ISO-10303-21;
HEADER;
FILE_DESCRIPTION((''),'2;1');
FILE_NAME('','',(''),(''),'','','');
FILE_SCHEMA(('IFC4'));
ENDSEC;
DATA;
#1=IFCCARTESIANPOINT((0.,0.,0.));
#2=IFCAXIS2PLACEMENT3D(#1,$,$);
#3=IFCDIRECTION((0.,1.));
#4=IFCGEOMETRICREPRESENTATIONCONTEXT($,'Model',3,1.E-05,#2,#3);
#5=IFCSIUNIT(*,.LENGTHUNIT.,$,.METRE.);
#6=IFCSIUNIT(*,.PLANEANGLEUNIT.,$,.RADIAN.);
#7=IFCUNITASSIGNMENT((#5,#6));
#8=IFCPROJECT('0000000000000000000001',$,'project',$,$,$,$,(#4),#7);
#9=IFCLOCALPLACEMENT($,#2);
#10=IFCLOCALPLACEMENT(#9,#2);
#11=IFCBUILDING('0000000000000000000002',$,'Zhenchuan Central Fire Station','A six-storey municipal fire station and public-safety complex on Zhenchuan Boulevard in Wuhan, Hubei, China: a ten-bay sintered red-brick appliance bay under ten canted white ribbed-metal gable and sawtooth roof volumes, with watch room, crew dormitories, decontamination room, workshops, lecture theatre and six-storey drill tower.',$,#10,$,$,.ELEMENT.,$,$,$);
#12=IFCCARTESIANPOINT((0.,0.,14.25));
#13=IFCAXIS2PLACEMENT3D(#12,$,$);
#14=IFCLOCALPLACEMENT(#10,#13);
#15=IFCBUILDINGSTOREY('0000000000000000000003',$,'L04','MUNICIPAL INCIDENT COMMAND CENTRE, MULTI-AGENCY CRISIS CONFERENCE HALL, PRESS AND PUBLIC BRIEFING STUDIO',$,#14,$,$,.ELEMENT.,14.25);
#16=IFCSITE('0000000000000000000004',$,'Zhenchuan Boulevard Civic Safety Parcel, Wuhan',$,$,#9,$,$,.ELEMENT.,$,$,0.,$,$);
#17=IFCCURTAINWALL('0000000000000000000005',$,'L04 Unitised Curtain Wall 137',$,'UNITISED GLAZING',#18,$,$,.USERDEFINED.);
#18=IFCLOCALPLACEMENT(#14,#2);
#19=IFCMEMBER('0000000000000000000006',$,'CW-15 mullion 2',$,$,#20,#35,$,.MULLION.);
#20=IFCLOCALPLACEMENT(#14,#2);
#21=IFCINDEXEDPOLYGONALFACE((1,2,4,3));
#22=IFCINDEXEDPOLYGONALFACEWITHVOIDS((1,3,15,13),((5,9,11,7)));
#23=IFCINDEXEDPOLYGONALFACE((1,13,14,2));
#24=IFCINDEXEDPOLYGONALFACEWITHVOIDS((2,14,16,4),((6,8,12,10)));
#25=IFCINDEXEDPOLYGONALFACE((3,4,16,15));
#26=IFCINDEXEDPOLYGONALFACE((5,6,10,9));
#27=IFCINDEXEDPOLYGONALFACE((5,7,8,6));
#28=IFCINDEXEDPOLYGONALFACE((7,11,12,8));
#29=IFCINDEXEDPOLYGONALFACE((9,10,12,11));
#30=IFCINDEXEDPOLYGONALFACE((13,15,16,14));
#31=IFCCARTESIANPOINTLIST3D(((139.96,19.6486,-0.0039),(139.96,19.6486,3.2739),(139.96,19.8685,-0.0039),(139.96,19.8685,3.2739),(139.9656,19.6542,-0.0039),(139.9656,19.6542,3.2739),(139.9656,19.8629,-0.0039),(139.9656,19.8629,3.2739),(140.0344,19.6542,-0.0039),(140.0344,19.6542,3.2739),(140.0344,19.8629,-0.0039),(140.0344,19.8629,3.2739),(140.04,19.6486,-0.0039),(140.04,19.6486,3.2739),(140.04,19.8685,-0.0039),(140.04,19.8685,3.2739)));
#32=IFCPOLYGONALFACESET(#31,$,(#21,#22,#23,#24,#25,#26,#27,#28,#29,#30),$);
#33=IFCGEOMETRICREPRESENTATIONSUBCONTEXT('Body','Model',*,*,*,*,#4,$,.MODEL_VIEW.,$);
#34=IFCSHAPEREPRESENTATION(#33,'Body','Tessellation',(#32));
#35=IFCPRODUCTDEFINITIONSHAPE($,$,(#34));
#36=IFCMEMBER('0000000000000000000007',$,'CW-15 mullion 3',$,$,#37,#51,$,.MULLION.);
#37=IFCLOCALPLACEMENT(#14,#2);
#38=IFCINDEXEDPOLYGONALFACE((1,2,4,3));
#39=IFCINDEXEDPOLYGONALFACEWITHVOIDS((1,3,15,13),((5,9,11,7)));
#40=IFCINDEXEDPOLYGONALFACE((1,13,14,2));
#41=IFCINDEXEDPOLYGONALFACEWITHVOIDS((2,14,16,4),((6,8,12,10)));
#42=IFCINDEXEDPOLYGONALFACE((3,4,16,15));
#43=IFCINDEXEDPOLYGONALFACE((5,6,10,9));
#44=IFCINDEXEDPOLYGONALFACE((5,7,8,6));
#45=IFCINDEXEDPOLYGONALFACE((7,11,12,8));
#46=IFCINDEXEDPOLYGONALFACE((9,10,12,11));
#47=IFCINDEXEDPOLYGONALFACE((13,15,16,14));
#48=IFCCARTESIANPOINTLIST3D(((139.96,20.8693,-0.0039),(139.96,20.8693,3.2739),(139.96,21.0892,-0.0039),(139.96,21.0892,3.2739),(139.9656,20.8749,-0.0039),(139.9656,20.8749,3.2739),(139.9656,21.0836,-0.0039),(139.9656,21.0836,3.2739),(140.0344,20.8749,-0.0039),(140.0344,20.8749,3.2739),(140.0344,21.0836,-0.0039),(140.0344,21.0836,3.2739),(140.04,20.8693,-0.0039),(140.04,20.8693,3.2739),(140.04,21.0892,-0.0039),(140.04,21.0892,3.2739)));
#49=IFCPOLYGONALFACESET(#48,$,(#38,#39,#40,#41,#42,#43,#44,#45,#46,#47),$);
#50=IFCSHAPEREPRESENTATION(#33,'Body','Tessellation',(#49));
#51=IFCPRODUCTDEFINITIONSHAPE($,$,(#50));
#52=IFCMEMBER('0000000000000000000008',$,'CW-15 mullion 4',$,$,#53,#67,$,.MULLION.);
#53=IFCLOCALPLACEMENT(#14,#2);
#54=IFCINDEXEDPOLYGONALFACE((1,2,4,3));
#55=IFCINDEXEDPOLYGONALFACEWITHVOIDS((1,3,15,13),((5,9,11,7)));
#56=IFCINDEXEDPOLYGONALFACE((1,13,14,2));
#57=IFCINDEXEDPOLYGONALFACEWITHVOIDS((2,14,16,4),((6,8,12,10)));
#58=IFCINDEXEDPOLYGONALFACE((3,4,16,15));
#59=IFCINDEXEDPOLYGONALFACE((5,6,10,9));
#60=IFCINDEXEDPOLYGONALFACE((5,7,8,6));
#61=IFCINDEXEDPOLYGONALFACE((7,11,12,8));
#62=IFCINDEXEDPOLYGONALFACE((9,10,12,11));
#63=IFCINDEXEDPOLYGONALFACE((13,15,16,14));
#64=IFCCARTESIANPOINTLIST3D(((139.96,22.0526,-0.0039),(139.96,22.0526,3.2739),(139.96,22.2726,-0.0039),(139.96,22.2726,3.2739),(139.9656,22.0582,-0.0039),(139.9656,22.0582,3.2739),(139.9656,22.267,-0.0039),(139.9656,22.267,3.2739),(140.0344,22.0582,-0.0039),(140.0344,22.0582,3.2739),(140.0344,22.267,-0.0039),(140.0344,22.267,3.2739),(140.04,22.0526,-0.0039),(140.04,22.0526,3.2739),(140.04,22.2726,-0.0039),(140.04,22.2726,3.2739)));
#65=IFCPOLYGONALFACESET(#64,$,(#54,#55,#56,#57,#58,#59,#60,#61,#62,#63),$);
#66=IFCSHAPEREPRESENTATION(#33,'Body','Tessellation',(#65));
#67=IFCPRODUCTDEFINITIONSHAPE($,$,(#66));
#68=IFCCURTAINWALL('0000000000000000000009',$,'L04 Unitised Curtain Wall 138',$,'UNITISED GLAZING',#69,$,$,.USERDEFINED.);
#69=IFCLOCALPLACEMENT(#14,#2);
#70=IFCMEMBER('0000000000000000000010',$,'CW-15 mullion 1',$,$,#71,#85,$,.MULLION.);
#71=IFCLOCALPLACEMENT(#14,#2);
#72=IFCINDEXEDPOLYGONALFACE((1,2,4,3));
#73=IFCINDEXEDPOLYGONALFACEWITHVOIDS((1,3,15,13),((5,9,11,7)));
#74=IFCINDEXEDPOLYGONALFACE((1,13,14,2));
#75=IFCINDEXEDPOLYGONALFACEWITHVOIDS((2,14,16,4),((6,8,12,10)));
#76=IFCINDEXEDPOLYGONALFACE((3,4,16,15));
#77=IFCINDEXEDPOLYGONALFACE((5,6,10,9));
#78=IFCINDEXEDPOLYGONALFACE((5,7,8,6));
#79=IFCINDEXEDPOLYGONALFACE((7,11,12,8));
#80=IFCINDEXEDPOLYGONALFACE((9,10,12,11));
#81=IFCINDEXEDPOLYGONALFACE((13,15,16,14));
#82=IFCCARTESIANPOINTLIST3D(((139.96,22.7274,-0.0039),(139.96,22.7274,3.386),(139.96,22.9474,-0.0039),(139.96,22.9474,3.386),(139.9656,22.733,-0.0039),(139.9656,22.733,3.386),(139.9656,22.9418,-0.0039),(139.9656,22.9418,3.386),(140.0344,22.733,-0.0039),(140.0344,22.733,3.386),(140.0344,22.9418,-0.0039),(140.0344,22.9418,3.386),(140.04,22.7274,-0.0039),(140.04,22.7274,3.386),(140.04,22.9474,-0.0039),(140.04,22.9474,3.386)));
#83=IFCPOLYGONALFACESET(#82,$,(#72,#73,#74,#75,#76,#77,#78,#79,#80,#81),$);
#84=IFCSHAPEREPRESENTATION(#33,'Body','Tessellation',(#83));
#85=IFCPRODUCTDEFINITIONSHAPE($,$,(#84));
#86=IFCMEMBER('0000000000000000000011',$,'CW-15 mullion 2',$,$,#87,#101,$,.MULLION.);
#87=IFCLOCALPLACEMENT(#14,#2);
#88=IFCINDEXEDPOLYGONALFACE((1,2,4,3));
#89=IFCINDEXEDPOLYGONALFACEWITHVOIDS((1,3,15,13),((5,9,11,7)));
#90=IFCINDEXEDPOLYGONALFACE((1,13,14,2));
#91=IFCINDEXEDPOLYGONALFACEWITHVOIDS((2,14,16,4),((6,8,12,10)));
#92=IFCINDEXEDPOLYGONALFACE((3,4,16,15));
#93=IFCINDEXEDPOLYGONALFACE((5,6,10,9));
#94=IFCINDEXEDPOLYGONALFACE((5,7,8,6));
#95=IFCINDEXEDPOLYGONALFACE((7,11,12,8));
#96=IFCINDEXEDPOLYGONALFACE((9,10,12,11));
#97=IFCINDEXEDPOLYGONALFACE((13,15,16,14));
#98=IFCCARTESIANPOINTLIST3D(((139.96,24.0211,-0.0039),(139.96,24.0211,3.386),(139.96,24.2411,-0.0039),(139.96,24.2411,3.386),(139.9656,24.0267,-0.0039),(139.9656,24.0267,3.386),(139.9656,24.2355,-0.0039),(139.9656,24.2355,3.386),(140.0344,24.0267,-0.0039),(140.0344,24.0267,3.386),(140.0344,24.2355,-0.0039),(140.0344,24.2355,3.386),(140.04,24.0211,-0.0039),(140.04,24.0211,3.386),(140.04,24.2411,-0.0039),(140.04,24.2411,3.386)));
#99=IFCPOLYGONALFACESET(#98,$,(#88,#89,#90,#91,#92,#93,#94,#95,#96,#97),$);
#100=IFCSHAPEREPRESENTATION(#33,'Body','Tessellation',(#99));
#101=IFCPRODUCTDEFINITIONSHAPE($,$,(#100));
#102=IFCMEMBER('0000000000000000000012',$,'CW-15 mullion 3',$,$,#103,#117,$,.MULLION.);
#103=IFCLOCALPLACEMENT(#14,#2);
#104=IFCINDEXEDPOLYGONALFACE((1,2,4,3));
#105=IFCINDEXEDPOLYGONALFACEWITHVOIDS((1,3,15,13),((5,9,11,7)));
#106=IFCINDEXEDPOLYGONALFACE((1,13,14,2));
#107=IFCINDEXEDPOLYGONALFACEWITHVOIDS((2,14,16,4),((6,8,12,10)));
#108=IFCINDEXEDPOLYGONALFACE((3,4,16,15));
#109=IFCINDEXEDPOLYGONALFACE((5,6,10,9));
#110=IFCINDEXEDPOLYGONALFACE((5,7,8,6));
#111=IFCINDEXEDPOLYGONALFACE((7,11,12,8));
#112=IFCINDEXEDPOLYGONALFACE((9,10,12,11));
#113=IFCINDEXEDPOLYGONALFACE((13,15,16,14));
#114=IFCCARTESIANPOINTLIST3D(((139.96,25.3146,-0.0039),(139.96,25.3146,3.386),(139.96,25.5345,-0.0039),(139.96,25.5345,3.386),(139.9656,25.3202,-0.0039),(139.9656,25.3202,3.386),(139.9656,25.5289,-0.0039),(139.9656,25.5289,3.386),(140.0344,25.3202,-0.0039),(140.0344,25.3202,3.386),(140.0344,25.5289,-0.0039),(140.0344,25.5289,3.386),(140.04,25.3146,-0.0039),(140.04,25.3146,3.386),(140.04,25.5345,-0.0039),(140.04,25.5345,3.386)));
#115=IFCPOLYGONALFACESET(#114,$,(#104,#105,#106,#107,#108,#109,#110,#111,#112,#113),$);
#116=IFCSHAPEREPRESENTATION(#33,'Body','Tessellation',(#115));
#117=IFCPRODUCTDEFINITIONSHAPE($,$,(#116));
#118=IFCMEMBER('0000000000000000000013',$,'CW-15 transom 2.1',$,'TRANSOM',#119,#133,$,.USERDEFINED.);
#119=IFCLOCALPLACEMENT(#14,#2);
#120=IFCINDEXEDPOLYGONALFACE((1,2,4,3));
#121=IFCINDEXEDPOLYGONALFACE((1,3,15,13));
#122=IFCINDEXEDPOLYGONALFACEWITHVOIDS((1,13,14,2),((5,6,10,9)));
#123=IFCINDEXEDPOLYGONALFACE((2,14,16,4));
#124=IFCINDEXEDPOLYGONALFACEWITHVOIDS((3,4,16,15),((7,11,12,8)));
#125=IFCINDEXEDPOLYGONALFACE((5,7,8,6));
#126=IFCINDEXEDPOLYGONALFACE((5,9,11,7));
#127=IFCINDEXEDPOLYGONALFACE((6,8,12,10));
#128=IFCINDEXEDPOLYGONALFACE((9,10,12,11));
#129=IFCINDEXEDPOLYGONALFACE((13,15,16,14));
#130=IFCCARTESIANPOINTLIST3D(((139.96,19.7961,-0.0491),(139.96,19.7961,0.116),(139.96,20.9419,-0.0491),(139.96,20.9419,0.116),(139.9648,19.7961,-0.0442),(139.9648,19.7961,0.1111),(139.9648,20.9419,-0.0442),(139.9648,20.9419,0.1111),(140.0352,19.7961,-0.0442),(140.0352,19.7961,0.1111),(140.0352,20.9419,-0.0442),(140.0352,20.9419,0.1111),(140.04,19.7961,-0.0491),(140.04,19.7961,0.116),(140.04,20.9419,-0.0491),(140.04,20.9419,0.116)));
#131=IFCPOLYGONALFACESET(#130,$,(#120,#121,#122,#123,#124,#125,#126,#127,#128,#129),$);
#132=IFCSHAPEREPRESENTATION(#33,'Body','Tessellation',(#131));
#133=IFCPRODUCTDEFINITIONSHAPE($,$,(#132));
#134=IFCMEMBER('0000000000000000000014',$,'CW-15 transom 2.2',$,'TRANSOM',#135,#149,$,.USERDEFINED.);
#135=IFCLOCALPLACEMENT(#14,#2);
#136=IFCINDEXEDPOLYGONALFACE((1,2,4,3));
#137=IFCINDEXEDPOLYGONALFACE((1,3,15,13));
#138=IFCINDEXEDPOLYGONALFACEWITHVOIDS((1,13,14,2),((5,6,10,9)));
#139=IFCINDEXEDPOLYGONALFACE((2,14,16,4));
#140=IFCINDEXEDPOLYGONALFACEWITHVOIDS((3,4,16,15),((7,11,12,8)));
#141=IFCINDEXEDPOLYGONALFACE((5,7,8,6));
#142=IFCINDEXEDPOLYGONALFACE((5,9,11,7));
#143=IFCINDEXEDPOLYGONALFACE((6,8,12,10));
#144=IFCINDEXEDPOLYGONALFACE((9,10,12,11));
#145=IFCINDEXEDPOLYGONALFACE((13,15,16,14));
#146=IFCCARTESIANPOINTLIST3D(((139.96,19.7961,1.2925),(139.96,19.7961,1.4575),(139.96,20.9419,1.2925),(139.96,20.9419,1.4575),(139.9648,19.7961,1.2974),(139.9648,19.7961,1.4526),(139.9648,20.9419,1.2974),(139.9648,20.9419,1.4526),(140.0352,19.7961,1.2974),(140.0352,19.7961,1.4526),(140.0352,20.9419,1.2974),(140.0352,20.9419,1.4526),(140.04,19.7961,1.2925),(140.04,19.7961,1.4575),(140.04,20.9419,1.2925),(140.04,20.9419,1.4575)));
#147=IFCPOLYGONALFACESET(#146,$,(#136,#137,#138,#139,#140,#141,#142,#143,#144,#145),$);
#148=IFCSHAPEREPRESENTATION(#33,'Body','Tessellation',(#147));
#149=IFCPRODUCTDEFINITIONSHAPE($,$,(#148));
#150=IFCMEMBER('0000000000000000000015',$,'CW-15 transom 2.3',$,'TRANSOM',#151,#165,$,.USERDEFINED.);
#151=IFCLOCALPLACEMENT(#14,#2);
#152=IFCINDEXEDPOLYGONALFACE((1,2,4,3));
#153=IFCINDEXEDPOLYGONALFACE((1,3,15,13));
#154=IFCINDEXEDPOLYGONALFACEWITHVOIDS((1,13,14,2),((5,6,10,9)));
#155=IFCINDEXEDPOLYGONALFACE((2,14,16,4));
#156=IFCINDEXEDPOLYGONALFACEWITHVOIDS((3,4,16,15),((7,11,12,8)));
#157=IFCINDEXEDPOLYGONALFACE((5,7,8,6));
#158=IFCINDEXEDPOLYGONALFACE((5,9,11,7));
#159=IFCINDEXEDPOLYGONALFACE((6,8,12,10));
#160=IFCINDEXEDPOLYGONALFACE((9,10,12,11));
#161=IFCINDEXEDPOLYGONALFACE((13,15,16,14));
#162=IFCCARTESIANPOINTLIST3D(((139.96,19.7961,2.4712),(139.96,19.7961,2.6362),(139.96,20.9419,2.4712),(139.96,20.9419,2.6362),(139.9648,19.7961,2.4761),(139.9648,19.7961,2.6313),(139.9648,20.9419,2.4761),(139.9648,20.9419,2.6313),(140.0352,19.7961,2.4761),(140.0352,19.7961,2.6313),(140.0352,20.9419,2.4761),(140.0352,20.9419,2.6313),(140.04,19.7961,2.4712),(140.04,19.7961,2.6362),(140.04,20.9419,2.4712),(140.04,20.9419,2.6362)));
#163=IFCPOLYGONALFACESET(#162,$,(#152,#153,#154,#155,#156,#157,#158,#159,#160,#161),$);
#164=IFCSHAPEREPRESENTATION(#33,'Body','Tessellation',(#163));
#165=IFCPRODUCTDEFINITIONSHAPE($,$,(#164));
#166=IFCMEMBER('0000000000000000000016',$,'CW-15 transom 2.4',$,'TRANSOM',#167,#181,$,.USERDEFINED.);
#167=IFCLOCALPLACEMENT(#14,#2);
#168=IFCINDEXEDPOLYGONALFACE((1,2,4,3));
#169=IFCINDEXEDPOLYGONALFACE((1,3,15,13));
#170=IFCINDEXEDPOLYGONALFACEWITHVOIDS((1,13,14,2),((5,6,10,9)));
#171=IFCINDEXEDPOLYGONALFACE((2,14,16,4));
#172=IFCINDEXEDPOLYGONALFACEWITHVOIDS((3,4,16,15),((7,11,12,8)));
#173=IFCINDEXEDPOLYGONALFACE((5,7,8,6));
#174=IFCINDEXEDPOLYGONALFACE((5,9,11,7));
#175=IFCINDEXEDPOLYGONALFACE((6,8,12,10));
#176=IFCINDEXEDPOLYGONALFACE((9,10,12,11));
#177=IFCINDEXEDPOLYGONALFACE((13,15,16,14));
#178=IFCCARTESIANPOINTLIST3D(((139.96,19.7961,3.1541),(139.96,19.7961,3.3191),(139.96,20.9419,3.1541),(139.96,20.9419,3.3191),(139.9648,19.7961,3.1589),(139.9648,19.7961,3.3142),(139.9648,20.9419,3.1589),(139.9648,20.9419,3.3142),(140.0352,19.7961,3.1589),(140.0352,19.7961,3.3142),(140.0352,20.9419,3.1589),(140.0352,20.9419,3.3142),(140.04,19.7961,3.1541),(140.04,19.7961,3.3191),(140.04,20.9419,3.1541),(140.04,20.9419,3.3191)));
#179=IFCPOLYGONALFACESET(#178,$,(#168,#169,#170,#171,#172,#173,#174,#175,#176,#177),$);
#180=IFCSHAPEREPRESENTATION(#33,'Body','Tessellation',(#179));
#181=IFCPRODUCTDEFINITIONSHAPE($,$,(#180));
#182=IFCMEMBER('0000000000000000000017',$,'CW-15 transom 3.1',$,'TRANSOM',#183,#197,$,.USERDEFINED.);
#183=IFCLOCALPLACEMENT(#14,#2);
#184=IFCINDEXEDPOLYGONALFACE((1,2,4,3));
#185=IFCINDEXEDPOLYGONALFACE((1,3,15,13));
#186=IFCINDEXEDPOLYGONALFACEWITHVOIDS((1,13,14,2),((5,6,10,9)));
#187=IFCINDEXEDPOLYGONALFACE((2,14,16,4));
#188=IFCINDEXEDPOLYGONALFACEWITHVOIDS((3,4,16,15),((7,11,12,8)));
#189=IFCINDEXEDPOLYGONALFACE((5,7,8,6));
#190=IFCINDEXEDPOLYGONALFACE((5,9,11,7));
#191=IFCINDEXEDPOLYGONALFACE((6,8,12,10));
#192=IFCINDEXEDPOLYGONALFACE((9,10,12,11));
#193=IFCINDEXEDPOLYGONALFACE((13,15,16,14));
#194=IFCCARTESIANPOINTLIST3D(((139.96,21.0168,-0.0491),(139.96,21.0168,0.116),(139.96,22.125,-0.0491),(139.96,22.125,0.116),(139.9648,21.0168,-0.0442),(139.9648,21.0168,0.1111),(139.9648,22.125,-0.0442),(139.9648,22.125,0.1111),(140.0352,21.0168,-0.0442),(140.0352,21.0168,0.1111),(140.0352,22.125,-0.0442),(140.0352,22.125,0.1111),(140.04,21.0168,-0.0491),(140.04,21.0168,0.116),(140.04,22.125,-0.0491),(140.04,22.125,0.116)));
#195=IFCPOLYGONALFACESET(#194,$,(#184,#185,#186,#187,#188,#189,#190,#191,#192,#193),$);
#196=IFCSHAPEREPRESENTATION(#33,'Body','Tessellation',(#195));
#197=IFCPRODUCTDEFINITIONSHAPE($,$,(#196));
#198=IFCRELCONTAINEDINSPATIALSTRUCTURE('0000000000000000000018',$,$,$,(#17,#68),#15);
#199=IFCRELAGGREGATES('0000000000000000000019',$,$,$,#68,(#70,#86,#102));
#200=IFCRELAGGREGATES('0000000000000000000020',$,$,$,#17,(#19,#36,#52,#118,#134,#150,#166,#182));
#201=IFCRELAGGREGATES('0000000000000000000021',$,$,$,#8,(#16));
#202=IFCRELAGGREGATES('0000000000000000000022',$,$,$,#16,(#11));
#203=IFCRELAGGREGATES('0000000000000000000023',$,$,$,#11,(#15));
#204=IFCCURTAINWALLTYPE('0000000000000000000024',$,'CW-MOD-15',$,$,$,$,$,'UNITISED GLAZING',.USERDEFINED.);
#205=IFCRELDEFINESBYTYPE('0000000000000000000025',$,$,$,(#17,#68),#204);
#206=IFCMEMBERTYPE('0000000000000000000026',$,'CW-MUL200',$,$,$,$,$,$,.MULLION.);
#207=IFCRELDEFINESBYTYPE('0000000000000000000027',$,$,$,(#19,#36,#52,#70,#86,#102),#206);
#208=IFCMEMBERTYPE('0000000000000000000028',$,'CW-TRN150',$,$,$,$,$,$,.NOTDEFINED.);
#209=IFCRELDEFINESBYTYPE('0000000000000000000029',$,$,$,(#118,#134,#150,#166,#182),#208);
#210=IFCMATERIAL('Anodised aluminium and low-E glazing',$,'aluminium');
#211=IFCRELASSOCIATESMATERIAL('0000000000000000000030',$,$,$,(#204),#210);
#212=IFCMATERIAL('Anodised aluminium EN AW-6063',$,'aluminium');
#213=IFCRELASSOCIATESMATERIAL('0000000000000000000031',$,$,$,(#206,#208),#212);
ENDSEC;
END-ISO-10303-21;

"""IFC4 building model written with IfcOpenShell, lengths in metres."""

from ifc_helpers import new_model, si_unit, direction, frame, origin, origin_2d, place, context, subcontext, project, spatial, hollow_rectangle, extrude, material, material_profile, profile_set, type_object, element, aggregate, save


model = new_model("IFC4")

# Units and contexts
model_context = context("Model", 3, precision=1e-05, world=origin(), true_north=direction((0.0, 1.0)))
body_context = subcontext(model_context, "Body", "Model", "MODEL_VIEW")
ifc_project = project(units=[si_unit("LENGTHUNIT", "METRE"), si_unit("PLANEANGLEUNIT", "RADIAN")], contexts=[model_context])

# Site, building, storey
site_placement = place(None, origin())
site = spatial("IfcSite", under=ifc_project, at=site_placement, Name="Zhenchuan Boulevard Civic Safety Parcel, Wuhan", CompositionType="ELEMENT", RefElevation=0.0)
building_placement = place(site_placement, origin())
building = spatial("IfcBuilding", under=site, at=building_placement, Name="Zhenchuan Central Fire Station", Description="A six-storey municipal fire station and public-safety complex on Zhenchuan Boulevard in Wuhan, Hubei, China: a ten-bay sintered red-brick appliance bay under ten canted white ribbed-metal gable and sawtooth roof volumes, with watch room, crew dormitories, decontamination room, workshops, lecture theatre and six-storey drill tower.", CompositionType="ELEMENT")
storey_placement = place(building_placement, frame((0.0, 0.0, 14.25)))
storey = spatial("IfcBuildingStorey", under=building, at=storey_placement, Name="L04", Description="MUNICIPAL INCIDENT COMMAND CENTRE, MULTI-AGENCY CRISIS CONFERENCE HALL, PRESS AND PUBLIC BRIEFING STUDIO", CompositionType="ELEMENT", Elevation=14.25)

# Curtain walls, members
ifc_material_1 = material(Name="Anodised aluminium and low-E glazing", Category="aluminium")
curtain_wall_type = type_object("IfcCurtainWallType", Name="CW-MOD-15", ElementType="UNITISED GLAZING", PredefinedType="USERDEFINED", material=ifc_material_1)
curtain_wall_1_placement = place(storey_placement, origin())
curtain_wall_1 = element("IfcCurtainWall", 1, at=curtain_wall_1_placement, inside=storey, type_object=curtain_wall_type, Name="L04 Unitised Curtain Wall 137", ObjectType="UNITISED GLAZING", PredefinedType="USERDEFINED")
ifc_material_2 = material(Name="Anodised aluminium EN AW-6063", Category="aluminium")
ifc_material_profile_1 = material_profile(ifc_material_2, hollow_rectangle(XDim=0.0801, YDim=0.22, WallThickness=0.0056, at=origin_2d()), Name="ALU-M 220x80")
ifc_profile_set_1 = profile_set([ifc_material_profile_1], Name="Anodised aluminium EN AW-6063")
member_type_1 = type_object("IfcMemberType", Name="CW-MUL200", PredefinedType="MULLION", material=ifc_profile_set_1)
member_1_placement = place(storey_placement, frame((140.0, 19.7585, -0.0039), z_axis=(0.0, 0.0, 1.0), x_axis=(-1.0, 0.0, 0.0)))
member_1 = element("IfcMember", 2, at=member_1_placement, type_object=member_type_1, Name="CW-15 mullion 2", PredefinedType="MULLION", context=body_context, shape_type="SweptSolid", body=[
    extrude(hollow_rectangle(XDim=0.0801, YDim=0.22, WallThickness=0.0056, at=origin_2d()), origin(), (0.0, 0.0, 1.0), 3.2778),
])
member_2_placement = place(storey_placement, frame((140.0, 20.9792, -0.0039), z_axis=(0.0, 0.0, 1.0), x_axis=(-1.0, 0.0, 0.0)))
member_2 = element("IfcMember", 3, at=member_2_placement, type_object=member_type_1, Name="CW-15 mullion 3", PredefinedType="MULLION", context=body_context, shape_type="SweptSolid", body=[
    extrude(hollow_rectangle(XDim=0.0801, YDim=0.22, WallThickness=0.0056, at=origin_2d()), origin(), (0.0, 0.0, 1.0), 3.2778),
])
member_3_placement = place(storey_placement, frame((140.0, 22.1626, -0.0039), z_axis=(0.0, 0.0, 1.0), x_axis=(-1.0, 0.0, 0.0)))
member_3 = element("IfcMember", 4, at=member_3_placement, type_object=member_type_1, Name="CW-15 mullion 4", PredefinedType="MULLION", context=body_context, shape_type="SweptSolid", body=[
    extrude(hollow_rectangle(XDim=0.0801, YDim=0.22, WallThickness=0.0056, at=origin_2d()), origin(), (0.0, 0.0, 1.0), 3.2778),
])
curtain_wall_2_placement = place(storey_placement, origin())
curtain_wall_2 = element("IfcCurtainWall", 5, at=curtain_wall_2_placement, inside=storey, type_object=curtain_wall_type, Name="L04 Unitised Curtain Wall 138", ObjectType="UNITISED GLAZING", PredefinedType="USERDEFINED")
member_4_placement = place(storey_placement, frame((140.0, 22.8374, -0.0039), z_axis=(0.0, 0.0, 1.0), x_axis=(-1.0, 0.0, 0.0)))
member_4 = element("IfcMember", 6, at=member_4_placement, type_object=member_type_1, Name="CW-15 mullion 1", PredefinedType="MULLION", context=body_context, shape_type="SweptSolid", body=[
    extrude(hollow_rectangle(XDim=0.0801, YDim=0.22, WallThickness=0.0056, at=origin_2d()), origin(), (0.0, 0.0, 1.0), 3.3899),
])
member_5_placement = place(storey_placement, frame((140.0, 24.1311, -0.0039), z_axis=(0.0, 0.0, 1.0), x_axis=(-1.0, 0.0, 0.0)))
member_5 = element("IfcMember", 7, at=member_5_placement, type_object=member_type_1, Name="CW-15 mullion 2", PredefinedType="MULLION", context=body_context, shape_type="SweptSolid", body=[
    extrude(hollow_rectangle(XDim=0.0801, YDim=0.22, WallThickness=0.0056, at=origin_2d()), origin(), (0.0, 0.0, 1.0), 3.3899),
])
member_6_placement = place(storey_placement, frame((140.0, 25.4246, -0.0039), z_axis=(0.0, 0.0, 1.0), x_axis=(-1.0, 0.0, 0.0)))
member_6 = element("IfcMember", 8, at=member_6_placement, type_object=member_type_1, Name="CW-15 mullion 3", PredefinedType="MULLION", context=body_context, shape_type="SweptSolid", body=[
    extrude(hollow_rectangle(XDim=0.0801, YDim=0.22, WallThickness=0.0056, at=origin_2d()), origin(), (0.0, 0.0, 1.0), 3.3899),
])

# Members
ifc_material_profile_2 = material_profile(ifc_material_2, hollow_rectangle(XDim=0.0801, YDim=0.165, WallThickness=0.0049, at=origin_2d()), Name="ALU-T 165x80")
ifc_profile_set_2 = profile_set([ifc_material_profile_2], Name="Anodised aluminium EN AW-6063")
member_type_2 = type_object("IfcMemberType", Name="CW-TRN150", PredefinedType="NOTDEFINED", material=ifc_profile_set_2)
member_7_placement = place(storey_placement, frame((140.0, 19.7961, 0.0334), z_axis=(0.0, 1.0, 0.0), x_axis=(-1.0, 0.0, 0.0)))
member_7 = element("IfcMember", 9, at=member_7_placement, type_object=member_type_2, Name="CW-15 transom 2.1", ObjectType="TRANSOM", PredefinedType="USERDEFINED", context=body_context, shape_type="SweptSolid", body=[
    extrude(hollow_rectangle(XDim=0.0801, YDim=0.165, WallThickness=0.0049, at=origin_2d()), origin(), (0.0, 0.0, 1.0), 1.1458),
])
member_8_placement = place(storey_placement, frame((140.0, 19.7961, 1.375), z_axis=(0.0, 1.0, 0.0), x_axis=(-1.0, 0.0, 0.0)))
member_8 = element("IfcMember", 10, at=member_8_placement, type_object=member_type_2, Name="CW-15 transom 2.2", ObjectType="TRANSOM", PredefinedType="USERDEFINED", context=body_context, shape_type="SweptSolid", body=[
    extrude(hollow_rectangle(XDim=0.0801, YDim=0.165, WallThickness=0.0049, at=origin_2d()), origin(), (0.0, 0.0, 1.0), 1.1458),
])
member_9_placement = place(storey_placement, frame((140.0, 19.7961, 2.5537), z_axis=(0.0, 1.0, 0.0), x_axis=(-1.0, 0.0, 0.0)))
member_9 = element("IfcMember", 11, at=member_9_placement, type_object=member_type_2, Name="CW-15 transom 2.3", ObjectType="TRANSOM", PredefinedType="USERDEFINED", context=body_context, shape_type="SweptSolid", body=[
    extrude(hollow_rectangle(XDim=0.0801, YDim=0.165, WallThickness=0.0049, at=origin_2d()), origin(), (0.0, 0.0, 1.0), 1.1458),
])
member_10_placement = place(storey_placement, frame((140.0, 19.7961, 3.2366), z_axis=(0.0, 1.0, 0.0), x_axis=(-1.0, 0.0, 0.0)))
member_10 = element("IfcMember", 12, at=member_10_placement, type_object=member_type_2, Name="CW-15 transom 2.4", ObjectType="TRANSOM", PredefinedType="USERDEFINED", context=body_context, shape_type="SweptSolid", body=[
    extrude(hollow_rectangle(XDim=0.0801, YDim=0.165, WallThickness=0.0049, at=origin_2d()), origin(), (0.0, 0.0, 1.0), 1.1458),
])
member_11_placement = place(storey_placement, frame((140.0, 21.0168, 0.0334), z_axis=(0.0, 1.0, 0.0), x_axis=(-1.0, 0.0, 0.0)))
member_11 = element("IfcMember", 13, at=member_11_placement, type_object=member_type_2, Name="CW-15 transom 3.1", ObjectType="TRANSOM", PredefinedType="USERDEFINED", context=body_context, shape_type="SweptSolid", body=[
    extrude(hollow_rectangle(XDim=0.0801, YDim=0.165, WallThickness=0.0049, at=origin_2d()), origin(), (0.0, 0.0, 1.0), 1.1082),
])
aggregate(curtain_wall_2, [member_4, member_5, member_6])

aggregate(curtain_wall_1, [member_1, member_2, member_3, member_7, member_8, member_9, member_10, member_11])

save(model, "model.ifc")
